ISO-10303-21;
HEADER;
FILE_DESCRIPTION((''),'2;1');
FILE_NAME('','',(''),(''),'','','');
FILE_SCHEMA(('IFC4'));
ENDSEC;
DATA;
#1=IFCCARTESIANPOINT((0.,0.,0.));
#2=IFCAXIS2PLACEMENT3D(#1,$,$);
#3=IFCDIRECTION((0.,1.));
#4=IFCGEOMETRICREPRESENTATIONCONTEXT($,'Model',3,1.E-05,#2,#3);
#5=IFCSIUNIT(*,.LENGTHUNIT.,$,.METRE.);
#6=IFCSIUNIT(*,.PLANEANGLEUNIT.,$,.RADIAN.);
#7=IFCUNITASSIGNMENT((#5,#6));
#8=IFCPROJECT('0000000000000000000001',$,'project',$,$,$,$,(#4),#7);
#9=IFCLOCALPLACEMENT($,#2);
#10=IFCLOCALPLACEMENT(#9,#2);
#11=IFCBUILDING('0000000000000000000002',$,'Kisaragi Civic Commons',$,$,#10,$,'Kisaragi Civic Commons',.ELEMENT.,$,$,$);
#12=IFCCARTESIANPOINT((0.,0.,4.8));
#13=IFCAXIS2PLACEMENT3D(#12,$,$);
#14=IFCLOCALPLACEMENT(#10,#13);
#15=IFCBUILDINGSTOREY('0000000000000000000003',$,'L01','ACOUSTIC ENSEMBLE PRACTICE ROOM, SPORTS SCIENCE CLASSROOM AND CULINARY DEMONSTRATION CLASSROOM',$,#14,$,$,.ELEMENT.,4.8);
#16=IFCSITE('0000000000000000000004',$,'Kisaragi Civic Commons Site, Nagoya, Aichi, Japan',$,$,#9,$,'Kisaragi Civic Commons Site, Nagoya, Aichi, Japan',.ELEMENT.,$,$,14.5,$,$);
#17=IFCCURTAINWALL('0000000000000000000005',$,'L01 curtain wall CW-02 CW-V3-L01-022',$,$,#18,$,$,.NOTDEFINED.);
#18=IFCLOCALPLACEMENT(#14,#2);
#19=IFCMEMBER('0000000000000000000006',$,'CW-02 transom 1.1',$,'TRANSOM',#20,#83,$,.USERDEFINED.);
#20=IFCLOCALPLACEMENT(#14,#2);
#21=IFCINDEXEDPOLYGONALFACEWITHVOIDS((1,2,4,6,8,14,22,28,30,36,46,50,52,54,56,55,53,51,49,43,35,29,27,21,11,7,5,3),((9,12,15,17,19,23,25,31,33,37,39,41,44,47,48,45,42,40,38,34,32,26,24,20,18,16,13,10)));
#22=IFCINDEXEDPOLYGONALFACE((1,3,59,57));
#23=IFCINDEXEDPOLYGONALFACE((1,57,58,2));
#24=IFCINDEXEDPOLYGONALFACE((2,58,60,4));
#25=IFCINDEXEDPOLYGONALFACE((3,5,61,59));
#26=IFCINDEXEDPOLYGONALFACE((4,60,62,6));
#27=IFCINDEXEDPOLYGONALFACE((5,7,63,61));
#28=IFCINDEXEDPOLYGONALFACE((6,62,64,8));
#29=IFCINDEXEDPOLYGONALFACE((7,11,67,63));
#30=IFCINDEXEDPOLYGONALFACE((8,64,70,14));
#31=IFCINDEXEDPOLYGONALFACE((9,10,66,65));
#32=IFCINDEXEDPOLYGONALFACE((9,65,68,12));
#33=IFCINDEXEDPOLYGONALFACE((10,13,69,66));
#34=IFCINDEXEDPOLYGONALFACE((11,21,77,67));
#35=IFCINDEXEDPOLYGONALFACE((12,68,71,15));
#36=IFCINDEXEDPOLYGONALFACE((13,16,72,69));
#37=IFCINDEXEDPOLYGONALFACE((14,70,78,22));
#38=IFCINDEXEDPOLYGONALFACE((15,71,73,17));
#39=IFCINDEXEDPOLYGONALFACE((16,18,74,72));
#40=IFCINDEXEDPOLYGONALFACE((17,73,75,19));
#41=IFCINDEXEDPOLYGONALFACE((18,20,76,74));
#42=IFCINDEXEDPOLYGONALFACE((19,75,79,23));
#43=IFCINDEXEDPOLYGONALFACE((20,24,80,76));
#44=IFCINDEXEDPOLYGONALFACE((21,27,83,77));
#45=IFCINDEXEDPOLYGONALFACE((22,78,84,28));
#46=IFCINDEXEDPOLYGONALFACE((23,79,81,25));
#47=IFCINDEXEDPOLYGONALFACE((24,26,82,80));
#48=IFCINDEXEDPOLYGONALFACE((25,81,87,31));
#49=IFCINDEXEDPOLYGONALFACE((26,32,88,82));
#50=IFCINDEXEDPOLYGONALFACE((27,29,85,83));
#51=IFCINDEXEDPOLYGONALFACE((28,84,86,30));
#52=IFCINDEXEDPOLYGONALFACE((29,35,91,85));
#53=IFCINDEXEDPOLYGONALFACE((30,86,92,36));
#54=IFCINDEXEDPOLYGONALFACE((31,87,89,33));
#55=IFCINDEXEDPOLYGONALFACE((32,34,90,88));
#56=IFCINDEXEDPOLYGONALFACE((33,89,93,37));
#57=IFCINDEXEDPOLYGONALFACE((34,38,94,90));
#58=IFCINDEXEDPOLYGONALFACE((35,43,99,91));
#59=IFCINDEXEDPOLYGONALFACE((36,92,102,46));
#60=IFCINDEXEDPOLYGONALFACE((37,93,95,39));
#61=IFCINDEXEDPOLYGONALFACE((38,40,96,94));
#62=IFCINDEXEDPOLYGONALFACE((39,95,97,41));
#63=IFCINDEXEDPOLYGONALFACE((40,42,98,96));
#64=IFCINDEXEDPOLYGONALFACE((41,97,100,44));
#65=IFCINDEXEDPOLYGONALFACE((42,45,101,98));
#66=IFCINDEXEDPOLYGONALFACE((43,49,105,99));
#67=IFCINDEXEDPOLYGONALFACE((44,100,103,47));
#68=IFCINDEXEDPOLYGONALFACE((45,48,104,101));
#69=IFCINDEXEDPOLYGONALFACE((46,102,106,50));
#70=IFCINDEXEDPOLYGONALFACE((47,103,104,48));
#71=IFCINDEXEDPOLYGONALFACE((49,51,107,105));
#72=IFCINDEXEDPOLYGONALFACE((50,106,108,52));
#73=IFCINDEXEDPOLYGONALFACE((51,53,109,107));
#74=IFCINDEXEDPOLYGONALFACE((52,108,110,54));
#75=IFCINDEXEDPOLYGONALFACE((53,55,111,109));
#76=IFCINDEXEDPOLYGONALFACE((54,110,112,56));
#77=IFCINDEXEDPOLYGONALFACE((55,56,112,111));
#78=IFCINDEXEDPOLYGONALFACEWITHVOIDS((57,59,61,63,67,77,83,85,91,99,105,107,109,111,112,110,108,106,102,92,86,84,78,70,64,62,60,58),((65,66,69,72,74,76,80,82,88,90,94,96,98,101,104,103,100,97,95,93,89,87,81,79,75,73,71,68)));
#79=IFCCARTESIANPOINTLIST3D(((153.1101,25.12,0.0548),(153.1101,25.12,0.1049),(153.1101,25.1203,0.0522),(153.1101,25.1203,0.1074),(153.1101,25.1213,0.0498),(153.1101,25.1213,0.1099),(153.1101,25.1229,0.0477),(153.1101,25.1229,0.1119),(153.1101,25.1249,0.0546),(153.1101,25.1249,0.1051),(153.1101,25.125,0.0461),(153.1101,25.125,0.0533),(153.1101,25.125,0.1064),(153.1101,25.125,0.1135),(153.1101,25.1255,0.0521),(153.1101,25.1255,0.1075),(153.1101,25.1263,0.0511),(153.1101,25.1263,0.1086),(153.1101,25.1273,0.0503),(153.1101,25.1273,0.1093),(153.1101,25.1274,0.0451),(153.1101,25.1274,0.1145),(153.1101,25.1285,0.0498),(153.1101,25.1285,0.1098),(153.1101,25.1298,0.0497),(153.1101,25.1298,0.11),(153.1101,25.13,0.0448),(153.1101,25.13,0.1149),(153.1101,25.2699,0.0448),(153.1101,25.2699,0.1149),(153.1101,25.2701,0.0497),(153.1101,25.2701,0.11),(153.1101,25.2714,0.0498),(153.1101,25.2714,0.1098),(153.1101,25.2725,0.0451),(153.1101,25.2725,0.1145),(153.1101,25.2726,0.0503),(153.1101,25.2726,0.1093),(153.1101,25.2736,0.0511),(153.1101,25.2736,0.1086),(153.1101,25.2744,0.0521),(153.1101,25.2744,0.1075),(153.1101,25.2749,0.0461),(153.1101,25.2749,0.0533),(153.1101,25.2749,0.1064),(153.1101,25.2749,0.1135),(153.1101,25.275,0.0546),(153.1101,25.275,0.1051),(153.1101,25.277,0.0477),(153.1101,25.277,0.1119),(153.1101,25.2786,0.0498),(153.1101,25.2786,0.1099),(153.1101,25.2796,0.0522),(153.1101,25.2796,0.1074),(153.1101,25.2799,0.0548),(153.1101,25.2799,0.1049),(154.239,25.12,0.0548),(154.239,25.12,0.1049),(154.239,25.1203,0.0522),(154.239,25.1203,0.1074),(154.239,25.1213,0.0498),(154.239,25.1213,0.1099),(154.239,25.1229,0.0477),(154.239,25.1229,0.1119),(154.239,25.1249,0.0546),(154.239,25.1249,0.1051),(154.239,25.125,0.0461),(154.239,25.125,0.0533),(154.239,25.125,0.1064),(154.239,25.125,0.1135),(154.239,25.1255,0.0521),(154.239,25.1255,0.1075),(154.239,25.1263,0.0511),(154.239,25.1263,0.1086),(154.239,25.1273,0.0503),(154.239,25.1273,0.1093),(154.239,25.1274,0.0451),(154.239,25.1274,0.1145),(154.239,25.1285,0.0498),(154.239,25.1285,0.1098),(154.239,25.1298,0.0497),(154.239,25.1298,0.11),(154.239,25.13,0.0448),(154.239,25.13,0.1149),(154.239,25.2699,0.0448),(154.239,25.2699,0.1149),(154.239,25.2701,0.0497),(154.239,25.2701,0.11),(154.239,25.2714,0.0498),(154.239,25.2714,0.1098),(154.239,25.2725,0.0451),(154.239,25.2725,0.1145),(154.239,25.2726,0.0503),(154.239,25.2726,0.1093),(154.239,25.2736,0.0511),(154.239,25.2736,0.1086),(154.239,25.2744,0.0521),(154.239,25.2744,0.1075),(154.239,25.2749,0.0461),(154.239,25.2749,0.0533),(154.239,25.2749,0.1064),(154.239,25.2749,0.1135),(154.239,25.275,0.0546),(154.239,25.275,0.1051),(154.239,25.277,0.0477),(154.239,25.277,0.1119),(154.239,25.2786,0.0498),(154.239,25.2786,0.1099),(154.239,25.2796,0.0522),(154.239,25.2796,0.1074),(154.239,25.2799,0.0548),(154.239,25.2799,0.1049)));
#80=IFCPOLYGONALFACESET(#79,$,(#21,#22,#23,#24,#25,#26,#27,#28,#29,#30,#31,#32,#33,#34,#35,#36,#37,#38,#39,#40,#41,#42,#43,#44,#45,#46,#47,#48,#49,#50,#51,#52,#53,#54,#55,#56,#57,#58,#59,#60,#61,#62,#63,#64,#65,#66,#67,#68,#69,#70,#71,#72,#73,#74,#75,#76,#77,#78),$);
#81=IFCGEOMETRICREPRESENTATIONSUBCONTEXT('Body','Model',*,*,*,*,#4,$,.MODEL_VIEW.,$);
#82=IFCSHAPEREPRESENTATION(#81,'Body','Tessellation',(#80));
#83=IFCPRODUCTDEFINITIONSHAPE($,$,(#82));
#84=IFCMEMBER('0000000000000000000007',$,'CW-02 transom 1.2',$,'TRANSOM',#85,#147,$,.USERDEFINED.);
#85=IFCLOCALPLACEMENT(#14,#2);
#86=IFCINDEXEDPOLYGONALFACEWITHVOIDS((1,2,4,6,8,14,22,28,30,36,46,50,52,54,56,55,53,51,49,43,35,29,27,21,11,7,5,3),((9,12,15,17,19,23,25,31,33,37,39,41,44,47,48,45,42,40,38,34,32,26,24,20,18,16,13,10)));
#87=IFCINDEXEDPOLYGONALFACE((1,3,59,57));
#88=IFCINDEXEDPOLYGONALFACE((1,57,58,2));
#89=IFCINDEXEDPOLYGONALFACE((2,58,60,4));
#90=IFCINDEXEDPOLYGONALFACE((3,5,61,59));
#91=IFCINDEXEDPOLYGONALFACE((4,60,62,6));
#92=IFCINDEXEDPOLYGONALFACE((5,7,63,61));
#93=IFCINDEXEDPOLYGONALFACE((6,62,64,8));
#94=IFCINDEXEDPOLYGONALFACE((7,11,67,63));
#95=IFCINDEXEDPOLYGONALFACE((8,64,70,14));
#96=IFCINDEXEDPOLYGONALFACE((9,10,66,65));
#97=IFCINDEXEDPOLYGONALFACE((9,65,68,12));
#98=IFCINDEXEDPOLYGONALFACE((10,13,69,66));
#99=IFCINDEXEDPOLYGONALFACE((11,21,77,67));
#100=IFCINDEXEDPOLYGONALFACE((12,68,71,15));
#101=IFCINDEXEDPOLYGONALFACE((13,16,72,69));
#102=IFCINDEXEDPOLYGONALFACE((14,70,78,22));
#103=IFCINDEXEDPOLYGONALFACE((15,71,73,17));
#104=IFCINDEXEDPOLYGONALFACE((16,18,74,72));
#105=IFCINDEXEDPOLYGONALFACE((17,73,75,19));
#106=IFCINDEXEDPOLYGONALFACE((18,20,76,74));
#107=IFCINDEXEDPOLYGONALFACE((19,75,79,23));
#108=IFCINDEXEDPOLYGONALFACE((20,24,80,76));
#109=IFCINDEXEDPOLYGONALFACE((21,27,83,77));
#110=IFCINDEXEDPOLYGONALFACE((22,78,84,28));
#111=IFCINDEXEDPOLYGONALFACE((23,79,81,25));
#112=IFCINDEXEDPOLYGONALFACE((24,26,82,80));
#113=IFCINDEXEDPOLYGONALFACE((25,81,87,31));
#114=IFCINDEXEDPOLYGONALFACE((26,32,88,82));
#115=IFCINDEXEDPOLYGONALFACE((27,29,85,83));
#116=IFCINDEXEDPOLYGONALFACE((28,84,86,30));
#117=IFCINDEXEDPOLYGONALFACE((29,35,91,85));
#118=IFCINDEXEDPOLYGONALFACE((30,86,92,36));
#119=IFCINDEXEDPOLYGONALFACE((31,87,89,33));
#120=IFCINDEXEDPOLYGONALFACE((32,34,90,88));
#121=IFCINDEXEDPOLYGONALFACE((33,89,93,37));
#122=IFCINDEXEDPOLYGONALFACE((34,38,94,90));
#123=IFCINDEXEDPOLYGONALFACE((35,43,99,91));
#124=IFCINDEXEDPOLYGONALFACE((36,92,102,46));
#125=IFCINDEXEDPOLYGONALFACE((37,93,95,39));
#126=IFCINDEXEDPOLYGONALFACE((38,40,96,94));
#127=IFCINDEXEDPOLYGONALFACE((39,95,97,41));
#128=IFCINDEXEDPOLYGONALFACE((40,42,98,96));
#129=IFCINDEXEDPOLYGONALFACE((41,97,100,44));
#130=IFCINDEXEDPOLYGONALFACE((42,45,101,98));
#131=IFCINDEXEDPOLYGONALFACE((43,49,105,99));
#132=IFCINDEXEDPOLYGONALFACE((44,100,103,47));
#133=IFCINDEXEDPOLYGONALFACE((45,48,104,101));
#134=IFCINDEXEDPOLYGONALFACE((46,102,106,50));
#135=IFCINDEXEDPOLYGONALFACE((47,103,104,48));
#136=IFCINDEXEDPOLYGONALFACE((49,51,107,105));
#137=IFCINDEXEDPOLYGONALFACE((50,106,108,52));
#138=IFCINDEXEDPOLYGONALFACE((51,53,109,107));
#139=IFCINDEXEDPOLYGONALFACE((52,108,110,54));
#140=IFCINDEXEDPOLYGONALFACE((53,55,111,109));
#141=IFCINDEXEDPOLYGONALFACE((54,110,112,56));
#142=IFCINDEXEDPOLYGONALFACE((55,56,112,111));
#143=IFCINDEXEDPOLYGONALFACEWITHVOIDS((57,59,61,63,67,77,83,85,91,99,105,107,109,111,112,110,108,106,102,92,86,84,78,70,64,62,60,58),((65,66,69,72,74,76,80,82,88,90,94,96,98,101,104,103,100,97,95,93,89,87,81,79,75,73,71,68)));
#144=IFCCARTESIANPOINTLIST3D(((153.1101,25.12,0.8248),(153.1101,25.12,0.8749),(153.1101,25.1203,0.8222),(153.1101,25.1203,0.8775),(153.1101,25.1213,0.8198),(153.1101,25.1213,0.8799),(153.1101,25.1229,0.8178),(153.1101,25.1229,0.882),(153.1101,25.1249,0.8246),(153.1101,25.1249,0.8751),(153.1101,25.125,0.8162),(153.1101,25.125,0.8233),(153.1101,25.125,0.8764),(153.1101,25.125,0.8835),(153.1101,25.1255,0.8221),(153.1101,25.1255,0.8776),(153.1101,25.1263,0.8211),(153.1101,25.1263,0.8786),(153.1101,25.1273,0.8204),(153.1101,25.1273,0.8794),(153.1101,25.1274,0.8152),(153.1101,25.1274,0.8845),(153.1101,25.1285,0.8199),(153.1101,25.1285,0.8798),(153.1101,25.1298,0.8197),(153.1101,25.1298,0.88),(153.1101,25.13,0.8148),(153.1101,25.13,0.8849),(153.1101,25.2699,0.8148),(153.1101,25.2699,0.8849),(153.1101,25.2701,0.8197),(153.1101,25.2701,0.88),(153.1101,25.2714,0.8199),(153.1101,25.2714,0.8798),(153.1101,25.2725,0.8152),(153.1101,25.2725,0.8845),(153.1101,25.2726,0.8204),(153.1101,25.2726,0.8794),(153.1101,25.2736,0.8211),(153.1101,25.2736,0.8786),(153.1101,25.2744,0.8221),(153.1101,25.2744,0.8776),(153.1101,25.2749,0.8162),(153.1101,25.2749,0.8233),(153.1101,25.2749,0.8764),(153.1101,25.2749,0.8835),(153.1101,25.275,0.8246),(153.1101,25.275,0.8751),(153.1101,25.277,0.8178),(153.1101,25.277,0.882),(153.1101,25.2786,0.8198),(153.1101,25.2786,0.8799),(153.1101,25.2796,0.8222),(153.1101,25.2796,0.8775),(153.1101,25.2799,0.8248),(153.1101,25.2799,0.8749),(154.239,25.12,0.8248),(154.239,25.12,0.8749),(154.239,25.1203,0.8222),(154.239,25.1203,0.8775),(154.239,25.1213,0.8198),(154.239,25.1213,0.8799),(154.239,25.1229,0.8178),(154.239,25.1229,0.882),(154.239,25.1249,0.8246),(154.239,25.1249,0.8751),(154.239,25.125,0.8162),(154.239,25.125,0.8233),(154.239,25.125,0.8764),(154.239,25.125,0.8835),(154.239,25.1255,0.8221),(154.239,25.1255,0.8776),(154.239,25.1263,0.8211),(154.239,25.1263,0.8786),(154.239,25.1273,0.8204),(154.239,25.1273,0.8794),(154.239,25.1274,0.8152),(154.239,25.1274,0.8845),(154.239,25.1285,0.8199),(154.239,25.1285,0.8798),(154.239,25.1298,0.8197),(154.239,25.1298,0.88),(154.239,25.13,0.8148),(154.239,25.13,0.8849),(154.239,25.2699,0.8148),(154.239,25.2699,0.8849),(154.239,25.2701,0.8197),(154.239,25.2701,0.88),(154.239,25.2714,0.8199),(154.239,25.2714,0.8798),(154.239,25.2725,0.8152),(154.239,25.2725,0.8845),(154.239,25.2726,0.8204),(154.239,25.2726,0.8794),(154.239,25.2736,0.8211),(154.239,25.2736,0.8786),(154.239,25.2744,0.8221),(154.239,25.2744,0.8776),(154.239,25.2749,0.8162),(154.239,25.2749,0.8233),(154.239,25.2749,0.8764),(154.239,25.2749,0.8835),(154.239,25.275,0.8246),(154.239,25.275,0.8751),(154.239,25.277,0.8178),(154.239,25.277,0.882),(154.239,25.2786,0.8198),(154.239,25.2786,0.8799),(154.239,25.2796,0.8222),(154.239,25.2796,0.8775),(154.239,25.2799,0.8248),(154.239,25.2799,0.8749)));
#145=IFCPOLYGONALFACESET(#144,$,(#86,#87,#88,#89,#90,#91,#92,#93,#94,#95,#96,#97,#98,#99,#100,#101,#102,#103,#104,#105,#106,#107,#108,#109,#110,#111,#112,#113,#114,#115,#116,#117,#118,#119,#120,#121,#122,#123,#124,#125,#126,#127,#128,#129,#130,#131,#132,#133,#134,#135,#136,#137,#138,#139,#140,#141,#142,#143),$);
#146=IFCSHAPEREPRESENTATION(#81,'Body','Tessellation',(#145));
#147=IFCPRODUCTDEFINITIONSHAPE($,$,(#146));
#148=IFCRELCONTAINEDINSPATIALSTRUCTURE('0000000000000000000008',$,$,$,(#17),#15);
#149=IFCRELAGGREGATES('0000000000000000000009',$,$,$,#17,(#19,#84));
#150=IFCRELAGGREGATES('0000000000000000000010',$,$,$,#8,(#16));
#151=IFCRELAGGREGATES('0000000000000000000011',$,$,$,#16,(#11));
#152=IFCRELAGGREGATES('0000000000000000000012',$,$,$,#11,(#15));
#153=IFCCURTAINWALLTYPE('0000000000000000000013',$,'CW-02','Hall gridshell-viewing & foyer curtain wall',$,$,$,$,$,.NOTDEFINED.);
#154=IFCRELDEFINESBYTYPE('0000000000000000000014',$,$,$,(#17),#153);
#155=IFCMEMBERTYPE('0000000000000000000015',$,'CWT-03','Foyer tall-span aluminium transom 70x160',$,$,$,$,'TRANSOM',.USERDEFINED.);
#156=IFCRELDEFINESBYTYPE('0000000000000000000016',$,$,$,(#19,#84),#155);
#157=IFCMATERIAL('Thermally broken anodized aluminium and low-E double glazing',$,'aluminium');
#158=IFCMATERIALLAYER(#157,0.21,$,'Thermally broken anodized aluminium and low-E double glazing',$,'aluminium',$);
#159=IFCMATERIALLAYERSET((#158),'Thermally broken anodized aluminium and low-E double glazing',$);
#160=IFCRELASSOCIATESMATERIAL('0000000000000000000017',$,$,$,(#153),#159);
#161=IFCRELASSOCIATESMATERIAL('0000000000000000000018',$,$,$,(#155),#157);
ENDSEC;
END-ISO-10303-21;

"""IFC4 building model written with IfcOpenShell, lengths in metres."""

from ifc_helpers import new_model, si_unit, direction, frame, origin, origin_2d, place, context, subcontext, project, spatial, hollow_rectangle, extrude, material, layer, layer_set, material_profile, profile_set, type_object, element, aggregate, save


model = new_model("IFC4")

# Units and contexts
model_context = context("Model", 3, precision=1e-05, world=origin(), true_north=direction((0.0, 1.0)))
body_context = subcontext(model_context, "Body", "Model", "MODEL_VIEW")
ifc_project = project(units=[si_unit("LENGTHUNIT", "METRE"), si_unit("PLANEANGLEUNIT", "RADIAN")], contexts=[model_context])

# Site, building, storey
site_placement = place(None, origin())
site = spatial("IfcSite", under=ifc_project, at=site_placement, Name="Kisaragi Civic Commons Site, Nagoya, Aichi, Japan", LongName="Kisaragi Civic Commons Site, Nagoya, Aichi, Japan", CompositionType="ELEMENT", RefElevation=14.5)
building_placement = place(site_placement, origin())
building = spatial("IfcBuilding", under=site, at=building_placement, Name="Kisaragi Civic Commons", LongName="Kisaragi Civic Commons", CompositionType="ELEMENT")
storey_placement = place(building_placement, frame((0.0, 0.0, 4.8)))
storey = spatial("IfcBuildingStorey", under=building, at=storey_placement, Name="L01", Description="ACOUSTIC ENSEMBLE PRACTICE ROOM, SPORTS SCIENCE CLASSROOM AND CULINARY DEMONSTRATION CLASSROOM", CompositionType="ELEMENT", Elevation=4.8)

# Curtain wall, members
ifc_material = material(Name="Thermally broken anodized aluminium and low-E double glazing", Category="aluminium")
ifc_layer_1 = layer(ifc_material, 0.21, Name="Thermally broken anodized aluminium and low-E double glazing", Category="aluminium")
ifc_layer_set_1 = layer_set([ifc_layer_1], Name="Thermally broken anodized aluminium and low-E double glazing")
curtain_wall_type = type_object("IfcCurtainWallType", Name="CW-02", Description="Hall gridshell-viewing & foyer curtain wall", PredefinedType="NOTDEFINED", material=ifc_layer_set_1)
curtain_wall_placement = place(storey_placement, origin())
curtain_wall = element("IfcCurtainWall", 1, at=curtain_wall_placement, inside=storey, type_object=curtain_wall_type, Name="L01 curtain wall CW-02 CW-V3-L01-022", PredefinedType="NOTDEFINED")
ifc_material_profile_1 = material_profile(ifc_material, hollow_rectangle(XDim=0.1599, YDim=0.0701, WallThickness=0.0049, InnerFilletRadius=0.0049, OuterFilletRadius=0.01, at=origin_2d()), Name="CWT-70x160x5", Category="aluminium")
ifc_profile_set_1 = profile_set([ifc_material_profile_1], Name="Thermally broken anodized aluminium and low-E double glazing")
member_type_1 = type_object("IfcMemberType", Name="CWT-03", Description="Foyer tall-span aluminium transom 70x160", ElementType="TRANSOM", PredefinedType="USERDEFINED", material=ifc_profile_set_1)
member_1_placement = place(storey_placement, frame((153.1101, 25.2, 0.0798), z_axis=(1.0, 0.0, 0.0), x_axis=(0.0, 1.0, 0.0)))
member_1 = element("IfcMember", 2, at=member_1_placement, type_object=member_type_1, Name="CW-02 transom 1.1", ObjectType="TRANSOM", PredefinedType="USERDEFINED", context=body_context, shape_type="SweptSolid", body=[
    extrude(hollow_rectangle(XDim=0.1599, YDim=0.0701, WallThickness=0.0049, InnerFilletRadius=0.0049, OuterFilletRadius=0.01, at=origin_2d()), origin(), (0.0, 0.0, 1.0), 1.1289),
])
member_2_placement = place(storey_placement, frame((153.1101, 25.2, 0.8499), z_axis=(1.0, 0.0, 0.0), x_axis=(0.0, 1.0, 0.0)))
member_2 = element("IfcMember", 3, at=member_2_placement, type_object=member_type_1, Name="CW-02 transom 1.2", ObjectType="TRANSOM", PredefinedType="USERDEFINED", context=body_context, shape_type="SweptSolid", body=[
    extrude(hollow_rectangle(XDim=0.1599, YDim=0.0701, WallThickness=0.0049, InnerFilletRadius=0.0049, OuterFilletRadius=0.01, at=origin_2d()), origin(), (0.0, 0.0, 1.0), 1.1289),
])
aggregate(curtain_wall, [member_1, member_2])

save(model, "model.ifc")
